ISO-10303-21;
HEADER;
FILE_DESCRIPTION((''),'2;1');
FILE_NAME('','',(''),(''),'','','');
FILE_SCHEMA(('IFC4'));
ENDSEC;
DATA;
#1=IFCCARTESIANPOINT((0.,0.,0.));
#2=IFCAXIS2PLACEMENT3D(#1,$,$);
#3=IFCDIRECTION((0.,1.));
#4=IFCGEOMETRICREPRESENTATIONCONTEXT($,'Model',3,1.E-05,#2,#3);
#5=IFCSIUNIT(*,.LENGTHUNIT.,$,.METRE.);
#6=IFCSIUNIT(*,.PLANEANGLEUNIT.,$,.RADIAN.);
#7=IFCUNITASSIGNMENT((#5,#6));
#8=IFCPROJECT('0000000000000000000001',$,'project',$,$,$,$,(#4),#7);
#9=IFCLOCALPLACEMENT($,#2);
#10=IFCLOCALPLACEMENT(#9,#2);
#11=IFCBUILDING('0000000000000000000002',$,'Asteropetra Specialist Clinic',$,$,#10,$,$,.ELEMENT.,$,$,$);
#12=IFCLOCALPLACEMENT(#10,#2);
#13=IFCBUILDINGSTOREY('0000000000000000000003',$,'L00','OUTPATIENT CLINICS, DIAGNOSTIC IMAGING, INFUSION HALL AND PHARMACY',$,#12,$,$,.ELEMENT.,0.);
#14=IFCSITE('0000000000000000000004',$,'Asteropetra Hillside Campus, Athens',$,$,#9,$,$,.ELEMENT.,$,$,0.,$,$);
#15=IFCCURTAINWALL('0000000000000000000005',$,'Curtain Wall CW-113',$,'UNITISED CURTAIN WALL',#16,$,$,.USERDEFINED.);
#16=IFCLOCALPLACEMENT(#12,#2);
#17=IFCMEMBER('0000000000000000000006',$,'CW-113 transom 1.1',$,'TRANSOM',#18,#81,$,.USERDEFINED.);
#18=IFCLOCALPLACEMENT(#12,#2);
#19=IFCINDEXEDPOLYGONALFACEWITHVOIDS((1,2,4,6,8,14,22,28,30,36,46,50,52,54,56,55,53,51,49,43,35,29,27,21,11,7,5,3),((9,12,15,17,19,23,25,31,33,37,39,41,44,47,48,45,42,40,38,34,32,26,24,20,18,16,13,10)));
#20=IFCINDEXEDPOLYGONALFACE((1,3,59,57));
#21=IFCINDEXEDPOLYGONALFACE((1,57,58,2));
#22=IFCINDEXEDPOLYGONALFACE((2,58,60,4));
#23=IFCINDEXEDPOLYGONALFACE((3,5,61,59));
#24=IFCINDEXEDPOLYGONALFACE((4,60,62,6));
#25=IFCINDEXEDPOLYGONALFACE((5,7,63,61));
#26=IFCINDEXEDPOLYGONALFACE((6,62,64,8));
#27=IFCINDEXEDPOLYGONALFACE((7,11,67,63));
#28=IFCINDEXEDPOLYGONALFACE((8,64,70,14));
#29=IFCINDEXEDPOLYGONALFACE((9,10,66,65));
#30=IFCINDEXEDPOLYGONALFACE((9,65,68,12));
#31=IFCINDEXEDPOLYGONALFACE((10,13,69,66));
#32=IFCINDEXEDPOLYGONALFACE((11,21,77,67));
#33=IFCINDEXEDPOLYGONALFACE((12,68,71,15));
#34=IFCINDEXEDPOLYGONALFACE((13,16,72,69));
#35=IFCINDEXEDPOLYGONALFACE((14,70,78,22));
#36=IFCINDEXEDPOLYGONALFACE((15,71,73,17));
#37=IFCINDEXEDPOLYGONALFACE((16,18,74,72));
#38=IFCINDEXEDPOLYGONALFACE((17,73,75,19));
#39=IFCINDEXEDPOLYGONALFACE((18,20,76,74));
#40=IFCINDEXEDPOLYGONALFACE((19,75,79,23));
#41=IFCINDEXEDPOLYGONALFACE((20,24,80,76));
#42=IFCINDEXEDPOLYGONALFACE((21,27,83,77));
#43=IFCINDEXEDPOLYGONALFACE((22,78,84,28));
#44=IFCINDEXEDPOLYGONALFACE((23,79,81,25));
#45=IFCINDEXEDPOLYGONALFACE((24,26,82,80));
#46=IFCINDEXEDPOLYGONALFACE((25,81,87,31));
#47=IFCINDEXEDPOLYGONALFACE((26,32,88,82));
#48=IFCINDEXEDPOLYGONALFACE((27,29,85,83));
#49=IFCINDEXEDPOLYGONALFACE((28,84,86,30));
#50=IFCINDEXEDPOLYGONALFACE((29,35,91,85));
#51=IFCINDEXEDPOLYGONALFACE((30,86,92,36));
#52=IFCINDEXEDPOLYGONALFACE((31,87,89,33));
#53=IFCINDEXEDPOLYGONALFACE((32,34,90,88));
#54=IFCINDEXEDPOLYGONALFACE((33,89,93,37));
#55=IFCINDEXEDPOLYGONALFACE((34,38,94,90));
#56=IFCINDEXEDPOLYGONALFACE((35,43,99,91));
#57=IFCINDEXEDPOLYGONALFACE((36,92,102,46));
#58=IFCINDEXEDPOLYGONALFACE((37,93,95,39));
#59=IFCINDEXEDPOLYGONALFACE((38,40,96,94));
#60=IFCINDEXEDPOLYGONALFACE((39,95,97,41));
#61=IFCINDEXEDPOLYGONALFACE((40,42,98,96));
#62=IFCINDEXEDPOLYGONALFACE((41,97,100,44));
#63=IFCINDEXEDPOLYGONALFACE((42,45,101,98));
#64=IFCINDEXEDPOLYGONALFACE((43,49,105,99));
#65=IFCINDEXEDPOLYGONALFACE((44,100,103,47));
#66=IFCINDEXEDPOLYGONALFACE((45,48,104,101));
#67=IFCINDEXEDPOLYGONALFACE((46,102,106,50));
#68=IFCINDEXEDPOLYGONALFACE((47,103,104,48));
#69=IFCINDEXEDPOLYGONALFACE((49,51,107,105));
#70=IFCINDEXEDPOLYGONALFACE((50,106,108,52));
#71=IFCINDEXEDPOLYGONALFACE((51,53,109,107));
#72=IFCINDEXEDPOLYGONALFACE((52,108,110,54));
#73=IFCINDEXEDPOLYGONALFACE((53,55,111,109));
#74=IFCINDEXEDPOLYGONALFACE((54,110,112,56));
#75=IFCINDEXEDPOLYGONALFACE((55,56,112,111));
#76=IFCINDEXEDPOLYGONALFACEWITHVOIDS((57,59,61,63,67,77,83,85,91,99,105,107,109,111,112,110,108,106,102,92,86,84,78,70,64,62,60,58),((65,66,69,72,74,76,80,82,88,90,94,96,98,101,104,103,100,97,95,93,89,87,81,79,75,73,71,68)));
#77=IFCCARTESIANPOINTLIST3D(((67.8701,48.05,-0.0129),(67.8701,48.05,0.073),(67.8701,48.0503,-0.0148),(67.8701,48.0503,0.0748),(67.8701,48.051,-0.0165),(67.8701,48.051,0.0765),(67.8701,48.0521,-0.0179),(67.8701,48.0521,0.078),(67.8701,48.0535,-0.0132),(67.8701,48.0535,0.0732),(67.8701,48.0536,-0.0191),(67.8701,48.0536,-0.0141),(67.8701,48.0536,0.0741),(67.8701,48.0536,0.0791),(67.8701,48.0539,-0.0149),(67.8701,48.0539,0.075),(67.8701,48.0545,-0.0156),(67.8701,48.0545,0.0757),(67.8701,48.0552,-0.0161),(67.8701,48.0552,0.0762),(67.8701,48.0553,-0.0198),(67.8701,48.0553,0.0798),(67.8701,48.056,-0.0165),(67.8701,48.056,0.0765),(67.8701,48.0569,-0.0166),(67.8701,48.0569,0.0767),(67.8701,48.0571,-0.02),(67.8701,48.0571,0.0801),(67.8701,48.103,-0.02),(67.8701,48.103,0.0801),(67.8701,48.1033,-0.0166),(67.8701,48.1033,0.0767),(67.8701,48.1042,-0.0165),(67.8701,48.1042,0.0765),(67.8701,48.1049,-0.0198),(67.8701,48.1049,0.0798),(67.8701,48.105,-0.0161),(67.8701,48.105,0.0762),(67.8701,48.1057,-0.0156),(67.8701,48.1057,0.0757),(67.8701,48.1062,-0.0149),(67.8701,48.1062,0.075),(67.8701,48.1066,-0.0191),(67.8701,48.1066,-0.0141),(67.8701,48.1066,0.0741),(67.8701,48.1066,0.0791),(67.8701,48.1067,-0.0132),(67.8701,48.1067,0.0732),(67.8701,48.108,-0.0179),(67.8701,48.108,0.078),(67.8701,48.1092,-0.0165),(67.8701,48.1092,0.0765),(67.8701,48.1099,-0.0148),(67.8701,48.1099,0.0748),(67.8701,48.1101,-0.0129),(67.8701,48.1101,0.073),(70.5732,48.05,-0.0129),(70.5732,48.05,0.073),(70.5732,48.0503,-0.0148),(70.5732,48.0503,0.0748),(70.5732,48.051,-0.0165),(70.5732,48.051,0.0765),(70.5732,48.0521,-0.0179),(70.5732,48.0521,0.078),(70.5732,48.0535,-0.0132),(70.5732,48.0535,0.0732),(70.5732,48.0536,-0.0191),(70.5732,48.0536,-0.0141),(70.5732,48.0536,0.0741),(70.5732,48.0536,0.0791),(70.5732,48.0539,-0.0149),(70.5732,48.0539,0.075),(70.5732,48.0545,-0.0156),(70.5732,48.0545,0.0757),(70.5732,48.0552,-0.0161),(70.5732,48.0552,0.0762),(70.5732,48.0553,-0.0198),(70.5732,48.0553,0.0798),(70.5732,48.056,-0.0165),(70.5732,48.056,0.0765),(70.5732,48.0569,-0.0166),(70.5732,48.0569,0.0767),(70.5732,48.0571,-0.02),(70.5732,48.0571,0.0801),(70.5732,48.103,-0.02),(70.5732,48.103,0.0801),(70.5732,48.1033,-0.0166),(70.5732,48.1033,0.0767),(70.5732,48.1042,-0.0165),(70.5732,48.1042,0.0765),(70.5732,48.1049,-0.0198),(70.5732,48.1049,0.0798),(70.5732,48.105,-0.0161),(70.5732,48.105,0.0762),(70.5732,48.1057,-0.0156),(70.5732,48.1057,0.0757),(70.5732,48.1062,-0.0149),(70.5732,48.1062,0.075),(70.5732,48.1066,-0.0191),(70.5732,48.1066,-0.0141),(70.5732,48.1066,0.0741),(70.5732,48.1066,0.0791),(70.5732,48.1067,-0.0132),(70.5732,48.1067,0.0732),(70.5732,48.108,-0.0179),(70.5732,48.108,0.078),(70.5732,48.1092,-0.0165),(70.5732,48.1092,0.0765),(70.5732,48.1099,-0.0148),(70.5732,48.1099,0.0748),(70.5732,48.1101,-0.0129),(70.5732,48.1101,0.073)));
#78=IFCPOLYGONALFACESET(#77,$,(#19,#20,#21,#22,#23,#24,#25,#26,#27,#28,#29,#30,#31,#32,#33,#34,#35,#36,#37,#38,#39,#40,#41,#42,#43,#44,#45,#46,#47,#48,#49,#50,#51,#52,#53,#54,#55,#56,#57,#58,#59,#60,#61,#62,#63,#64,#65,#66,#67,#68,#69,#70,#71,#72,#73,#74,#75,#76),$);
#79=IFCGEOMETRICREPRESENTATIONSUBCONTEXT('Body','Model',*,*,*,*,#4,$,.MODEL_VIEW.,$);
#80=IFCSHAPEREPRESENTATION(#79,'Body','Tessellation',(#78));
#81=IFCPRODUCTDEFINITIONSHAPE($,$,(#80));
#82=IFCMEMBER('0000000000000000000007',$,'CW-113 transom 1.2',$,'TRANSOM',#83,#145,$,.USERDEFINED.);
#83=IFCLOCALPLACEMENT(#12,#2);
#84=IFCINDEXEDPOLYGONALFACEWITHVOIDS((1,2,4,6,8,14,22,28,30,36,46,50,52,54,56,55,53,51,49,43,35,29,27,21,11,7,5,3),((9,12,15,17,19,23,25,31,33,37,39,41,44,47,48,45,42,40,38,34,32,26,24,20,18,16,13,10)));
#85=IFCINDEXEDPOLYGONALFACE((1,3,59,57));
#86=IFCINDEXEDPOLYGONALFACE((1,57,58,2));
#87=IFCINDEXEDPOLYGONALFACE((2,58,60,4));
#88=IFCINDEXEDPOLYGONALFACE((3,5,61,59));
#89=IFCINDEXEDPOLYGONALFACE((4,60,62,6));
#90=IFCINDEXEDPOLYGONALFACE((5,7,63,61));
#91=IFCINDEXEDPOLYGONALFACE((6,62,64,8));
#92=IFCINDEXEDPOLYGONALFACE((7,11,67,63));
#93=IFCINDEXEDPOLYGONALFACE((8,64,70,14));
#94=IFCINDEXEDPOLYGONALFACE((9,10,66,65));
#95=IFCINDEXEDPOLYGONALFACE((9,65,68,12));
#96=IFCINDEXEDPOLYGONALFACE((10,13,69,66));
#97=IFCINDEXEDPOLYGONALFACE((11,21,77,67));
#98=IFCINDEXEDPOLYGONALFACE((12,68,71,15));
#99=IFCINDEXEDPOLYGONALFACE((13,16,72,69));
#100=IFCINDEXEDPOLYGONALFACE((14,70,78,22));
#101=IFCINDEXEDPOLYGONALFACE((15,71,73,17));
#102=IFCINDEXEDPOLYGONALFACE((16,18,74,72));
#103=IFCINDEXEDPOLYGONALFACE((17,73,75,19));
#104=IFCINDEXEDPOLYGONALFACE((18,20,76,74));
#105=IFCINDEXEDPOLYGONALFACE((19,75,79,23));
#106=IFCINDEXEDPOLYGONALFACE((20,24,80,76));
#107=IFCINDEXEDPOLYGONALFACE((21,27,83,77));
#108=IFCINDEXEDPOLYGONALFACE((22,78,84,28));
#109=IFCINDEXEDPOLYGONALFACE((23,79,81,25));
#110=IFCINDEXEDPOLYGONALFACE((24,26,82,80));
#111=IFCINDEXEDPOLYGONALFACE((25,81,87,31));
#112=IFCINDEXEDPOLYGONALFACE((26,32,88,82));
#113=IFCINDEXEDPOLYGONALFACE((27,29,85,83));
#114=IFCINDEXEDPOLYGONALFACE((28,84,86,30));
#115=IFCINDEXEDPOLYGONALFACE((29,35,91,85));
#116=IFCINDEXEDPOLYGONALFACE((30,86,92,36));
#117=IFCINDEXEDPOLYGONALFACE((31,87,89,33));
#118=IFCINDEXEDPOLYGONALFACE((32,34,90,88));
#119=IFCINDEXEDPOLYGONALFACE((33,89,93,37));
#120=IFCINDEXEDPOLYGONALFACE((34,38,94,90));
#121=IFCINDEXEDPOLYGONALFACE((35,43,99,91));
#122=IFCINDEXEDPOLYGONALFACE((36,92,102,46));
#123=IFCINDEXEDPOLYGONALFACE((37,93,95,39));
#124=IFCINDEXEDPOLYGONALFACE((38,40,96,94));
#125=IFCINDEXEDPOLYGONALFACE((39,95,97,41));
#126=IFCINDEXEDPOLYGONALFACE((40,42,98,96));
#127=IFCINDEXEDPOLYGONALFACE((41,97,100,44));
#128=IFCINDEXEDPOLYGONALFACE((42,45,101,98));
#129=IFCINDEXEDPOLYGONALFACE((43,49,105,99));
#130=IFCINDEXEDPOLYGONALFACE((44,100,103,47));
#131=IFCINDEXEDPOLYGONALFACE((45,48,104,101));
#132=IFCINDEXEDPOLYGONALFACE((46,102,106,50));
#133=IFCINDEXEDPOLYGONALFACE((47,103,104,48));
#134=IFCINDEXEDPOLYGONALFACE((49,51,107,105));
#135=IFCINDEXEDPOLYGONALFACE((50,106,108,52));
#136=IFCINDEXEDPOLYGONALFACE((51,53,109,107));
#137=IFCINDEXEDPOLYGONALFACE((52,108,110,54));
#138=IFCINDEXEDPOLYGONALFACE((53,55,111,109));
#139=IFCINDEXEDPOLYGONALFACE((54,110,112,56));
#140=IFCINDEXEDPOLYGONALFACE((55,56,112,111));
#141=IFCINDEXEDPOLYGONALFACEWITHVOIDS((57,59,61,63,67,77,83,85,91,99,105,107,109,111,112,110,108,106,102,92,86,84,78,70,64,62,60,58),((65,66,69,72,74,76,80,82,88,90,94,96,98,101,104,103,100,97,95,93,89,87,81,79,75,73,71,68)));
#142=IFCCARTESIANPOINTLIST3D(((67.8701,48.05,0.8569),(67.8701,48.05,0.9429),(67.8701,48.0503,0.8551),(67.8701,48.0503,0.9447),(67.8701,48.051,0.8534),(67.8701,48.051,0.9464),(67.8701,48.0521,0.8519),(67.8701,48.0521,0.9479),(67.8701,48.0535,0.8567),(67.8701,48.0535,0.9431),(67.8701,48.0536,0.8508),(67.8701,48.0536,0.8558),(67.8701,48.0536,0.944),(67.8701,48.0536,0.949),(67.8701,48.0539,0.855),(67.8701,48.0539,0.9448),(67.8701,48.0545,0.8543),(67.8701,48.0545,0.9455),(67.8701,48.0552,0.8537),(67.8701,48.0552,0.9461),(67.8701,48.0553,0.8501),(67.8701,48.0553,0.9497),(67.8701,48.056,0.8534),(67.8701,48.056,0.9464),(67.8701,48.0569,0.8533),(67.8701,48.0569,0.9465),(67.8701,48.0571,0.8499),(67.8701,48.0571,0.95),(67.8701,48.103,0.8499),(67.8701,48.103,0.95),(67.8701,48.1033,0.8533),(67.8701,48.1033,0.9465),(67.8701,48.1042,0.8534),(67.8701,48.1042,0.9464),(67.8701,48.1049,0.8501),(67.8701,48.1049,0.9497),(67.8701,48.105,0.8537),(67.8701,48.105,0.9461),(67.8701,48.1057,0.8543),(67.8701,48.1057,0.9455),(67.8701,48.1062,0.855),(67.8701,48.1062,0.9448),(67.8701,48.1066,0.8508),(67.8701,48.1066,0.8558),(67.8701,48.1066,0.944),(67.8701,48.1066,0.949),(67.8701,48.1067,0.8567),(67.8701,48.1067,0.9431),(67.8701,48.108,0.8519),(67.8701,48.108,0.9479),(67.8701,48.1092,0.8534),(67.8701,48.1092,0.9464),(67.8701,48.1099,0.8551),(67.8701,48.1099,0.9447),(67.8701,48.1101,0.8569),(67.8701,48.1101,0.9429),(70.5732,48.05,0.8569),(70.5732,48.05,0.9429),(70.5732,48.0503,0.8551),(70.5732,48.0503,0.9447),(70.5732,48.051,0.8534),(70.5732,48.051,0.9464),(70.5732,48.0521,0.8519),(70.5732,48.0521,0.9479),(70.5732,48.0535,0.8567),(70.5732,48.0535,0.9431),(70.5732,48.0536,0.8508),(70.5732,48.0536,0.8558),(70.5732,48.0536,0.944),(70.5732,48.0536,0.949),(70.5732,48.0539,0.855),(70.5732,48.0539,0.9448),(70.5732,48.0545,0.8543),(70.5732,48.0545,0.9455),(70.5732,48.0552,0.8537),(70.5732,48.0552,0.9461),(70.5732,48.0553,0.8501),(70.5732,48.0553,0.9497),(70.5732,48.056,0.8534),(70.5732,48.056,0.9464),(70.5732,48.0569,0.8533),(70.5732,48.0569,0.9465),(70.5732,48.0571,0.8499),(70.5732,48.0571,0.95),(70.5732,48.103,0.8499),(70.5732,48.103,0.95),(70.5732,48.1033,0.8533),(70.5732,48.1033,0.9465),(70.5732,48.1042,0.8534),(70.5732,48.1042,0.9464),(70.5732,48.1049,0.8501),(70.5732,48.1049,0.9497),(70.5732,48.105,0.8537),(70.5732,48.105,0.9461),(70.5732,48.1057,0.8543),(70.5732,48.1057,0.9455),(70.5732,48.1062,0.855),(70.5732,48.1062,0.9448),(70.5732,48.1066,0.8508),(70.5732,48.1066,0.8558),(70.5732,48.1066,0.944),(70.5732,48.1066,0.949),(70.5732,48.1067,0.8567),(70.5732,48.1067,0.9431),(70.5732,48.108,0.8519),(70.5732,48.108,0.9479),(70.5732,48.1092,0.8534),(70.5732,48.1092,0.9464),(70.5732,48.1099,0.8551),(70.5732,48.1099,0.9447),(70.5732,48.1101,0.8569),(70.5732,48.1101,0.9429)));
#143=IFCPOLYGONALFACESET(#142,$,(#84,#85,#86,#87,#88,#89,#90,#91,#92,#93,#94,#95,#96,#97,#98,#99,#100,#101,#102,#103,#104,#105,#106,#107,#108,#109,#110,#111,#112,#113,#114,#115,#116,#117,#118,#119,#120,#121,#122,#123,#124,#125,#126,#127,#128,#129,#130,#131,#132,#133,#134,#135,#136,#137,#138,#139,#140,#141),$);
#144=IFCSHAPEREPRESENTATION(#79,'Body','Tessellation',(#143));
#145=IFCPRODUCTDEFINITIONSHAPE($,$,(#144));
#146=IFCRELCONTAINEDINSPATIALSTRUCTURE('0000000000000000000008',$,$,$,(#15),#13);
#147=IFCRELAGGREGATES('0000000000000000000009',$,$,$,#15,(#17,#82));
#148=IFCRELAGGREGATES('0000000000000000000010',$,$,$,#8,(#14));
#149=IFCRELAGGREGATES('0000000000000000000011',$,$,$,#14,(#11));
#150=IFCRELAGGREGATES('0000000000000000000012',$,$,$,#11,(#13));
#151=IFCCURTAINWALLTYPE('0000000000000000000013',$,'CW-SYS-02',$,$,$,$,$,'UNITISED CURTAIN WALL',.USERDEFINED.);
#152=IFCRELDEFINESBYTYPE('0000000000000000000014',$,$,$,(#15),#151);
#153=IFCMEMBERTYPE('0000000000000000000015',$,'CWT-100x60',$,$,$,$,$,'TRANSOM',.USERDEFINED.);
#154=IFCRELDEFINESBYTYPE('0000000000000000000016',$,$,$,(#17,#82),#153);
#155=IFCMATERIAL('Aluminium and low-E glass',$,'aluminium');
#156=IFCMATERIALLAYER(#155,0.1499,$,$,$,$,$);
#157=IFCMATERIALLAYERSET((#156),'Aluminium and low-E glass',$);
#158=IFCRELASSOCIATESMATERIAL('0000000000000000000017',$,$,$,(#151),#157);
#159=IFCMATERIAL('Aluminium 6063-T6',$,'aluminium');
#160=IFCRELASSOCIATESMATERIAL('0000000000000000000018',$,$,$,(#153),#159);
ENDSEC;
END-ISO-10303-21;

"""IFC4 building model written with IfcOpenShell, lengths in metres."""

from ifc_helpers import new_model, si_unit, direction, frame, origin, origin_2d, place, context, subcontext, project, spatial, hollow_rectangle, extrude, material, layer, layer_set, material_profile, profile_set, type_object, element, aggregate, save


model = new_model("IFC4")

# Units and contexts
model_context = context("Model", 3, precision=1e-05, world=origin(), true_north=direction((0.0, 1.0)))
body_context = subcontext(model_context, "Body", "Model", "MODEL_VIEW")
ifc_project = project(units=[si_unit("LENGTHUNIT", "METRE"), si_unit("PLANEANGLEUNIT", "RADIAN")], contexts=[model_context])

# Site, building, storey
site_placement = place(None, origin())
site = spatial("IfcSite", under=ifc_project, at=site_placement, Name="Asteropetra Hillside Campus, Athens", CompositionType="ELEMENT", RefElevation=0.0)
building_placement = place(site_placement, origin())
building = spatial("IfcBuilding", under=site, at=building_placement, Name="Asteropetra Specialist Clinic", CompositionType="ELEMENT")
storey_placement = place(building_placement, origin())
storey = spatial("IfcBuildingStorey", under=building, at=storey_placement, Name="L00", Description="OUTPATIENT CLINICS, DIAGNOSTIC IMAGING, INFUSION HALL AND PHARMACY", CompositionType="ELEMENT", Elevation=0.0)

# Curtain wall, members
ifc_material_1 = material(Name="Aluminium and low-E glass", Category="aluminium")
ifc_layer_1 = layer(ifc_material_1, 0.1499)
ifc_layer_set_1 = layer_set([ifc_layer_1], Name="Aluminium and low-E glass")
curtain_wall_type = type_object("IfcCurtainWallType", Name="CW-SYS-02", ElementType="UNITISED CURTAIN WALL", PredefinedType="USERDEFINED", material=ifc_layer_set_1)
curtain_wall_placement = place(storey_placement, origin())
curtain_wall = element("IfcCurtainWall", 1, at=curtain_wall_placement, inside=storey, type_object=curtain_wall_type, Name="Curtain Wall CW-113", ObjectType="UNITISED CURTAIN WALL", PredefinedType="USERDEFINED")
ifc_material_2 = material(Name="Aluminium 6063-T6", Category="aluminium")
ifc_material_profile_1 = material_profile(ifc_material_2, hollow_rectangle(XDim=0.0601, YDim=0.1001, WallThickness=0.0034, InnerFilletRadius=0.0034, OuterFilletRadius=0.0071, at=origin_2d()), Name="TRN 100x60x3.5")
ifc_profile_set_1 = profile_set([ifc_material_profile_1], Name="Aluminium 6063-T6")
member_type_1 = type_object("IfcMemberType", Name="CWT-100x60", ElementType="TRANSOM", PredefinedType="USERDEFINED", material=ifc_profile_set_1)
member_1_placement = place(storey_placement, frame((67.8701, 48.0801, 0.03), z_axis=(1.0, 0.0, 0.0), x_axis=(0.0, 1.0, 0.0)))
member_1 = element("IfcMember", 2, at=member_1_placement, type_object=member_type_1, Name="CW-113 transom 1.1", ObjectType="TRANSOM", PredefinedType="USERDEFINED", context=body_context, shape_type="SweptSolid", body=[
    extrude(hollow_rectangle(XDim=0.0601, YDim=0.1001, WallThickness=0.0034, InnerFilletRadius=0.0034, OuterFilletRadius=0.0071, at=origin_2d()), origin(), (0.0, 0.0, 1.0), 2.7031),
])
member_2_placement = place(storey_placement, frame((67.8701, 48.0801, 0.8999), z_axis=(1.0, 0.0, 0.0), x_axis=(0.0, 1.0, 0.0)))
member_2 = element("IfcMember", 3, at=member_2_placement, type_object=member_type_1, Name="CW-113 transom 1.2", ObjectType="TRANSOM", PredefinedType="USERDEFINED", context=body_context, shape_type="SweptSolid", body=[
    extrude(hollow_rectangle(XDim=0.0601, YDim=0.1001, WallThickness=0.0034, InnerFilletRadius=0.0034, OuterFilletRadius=0.0071, at=origin_2d()), origin(), (0.0, 0.0, 1.0), 2.7031),
])

aggregate(curtain_wall, [member_1, member_2])

save(model, "model.ifc")
